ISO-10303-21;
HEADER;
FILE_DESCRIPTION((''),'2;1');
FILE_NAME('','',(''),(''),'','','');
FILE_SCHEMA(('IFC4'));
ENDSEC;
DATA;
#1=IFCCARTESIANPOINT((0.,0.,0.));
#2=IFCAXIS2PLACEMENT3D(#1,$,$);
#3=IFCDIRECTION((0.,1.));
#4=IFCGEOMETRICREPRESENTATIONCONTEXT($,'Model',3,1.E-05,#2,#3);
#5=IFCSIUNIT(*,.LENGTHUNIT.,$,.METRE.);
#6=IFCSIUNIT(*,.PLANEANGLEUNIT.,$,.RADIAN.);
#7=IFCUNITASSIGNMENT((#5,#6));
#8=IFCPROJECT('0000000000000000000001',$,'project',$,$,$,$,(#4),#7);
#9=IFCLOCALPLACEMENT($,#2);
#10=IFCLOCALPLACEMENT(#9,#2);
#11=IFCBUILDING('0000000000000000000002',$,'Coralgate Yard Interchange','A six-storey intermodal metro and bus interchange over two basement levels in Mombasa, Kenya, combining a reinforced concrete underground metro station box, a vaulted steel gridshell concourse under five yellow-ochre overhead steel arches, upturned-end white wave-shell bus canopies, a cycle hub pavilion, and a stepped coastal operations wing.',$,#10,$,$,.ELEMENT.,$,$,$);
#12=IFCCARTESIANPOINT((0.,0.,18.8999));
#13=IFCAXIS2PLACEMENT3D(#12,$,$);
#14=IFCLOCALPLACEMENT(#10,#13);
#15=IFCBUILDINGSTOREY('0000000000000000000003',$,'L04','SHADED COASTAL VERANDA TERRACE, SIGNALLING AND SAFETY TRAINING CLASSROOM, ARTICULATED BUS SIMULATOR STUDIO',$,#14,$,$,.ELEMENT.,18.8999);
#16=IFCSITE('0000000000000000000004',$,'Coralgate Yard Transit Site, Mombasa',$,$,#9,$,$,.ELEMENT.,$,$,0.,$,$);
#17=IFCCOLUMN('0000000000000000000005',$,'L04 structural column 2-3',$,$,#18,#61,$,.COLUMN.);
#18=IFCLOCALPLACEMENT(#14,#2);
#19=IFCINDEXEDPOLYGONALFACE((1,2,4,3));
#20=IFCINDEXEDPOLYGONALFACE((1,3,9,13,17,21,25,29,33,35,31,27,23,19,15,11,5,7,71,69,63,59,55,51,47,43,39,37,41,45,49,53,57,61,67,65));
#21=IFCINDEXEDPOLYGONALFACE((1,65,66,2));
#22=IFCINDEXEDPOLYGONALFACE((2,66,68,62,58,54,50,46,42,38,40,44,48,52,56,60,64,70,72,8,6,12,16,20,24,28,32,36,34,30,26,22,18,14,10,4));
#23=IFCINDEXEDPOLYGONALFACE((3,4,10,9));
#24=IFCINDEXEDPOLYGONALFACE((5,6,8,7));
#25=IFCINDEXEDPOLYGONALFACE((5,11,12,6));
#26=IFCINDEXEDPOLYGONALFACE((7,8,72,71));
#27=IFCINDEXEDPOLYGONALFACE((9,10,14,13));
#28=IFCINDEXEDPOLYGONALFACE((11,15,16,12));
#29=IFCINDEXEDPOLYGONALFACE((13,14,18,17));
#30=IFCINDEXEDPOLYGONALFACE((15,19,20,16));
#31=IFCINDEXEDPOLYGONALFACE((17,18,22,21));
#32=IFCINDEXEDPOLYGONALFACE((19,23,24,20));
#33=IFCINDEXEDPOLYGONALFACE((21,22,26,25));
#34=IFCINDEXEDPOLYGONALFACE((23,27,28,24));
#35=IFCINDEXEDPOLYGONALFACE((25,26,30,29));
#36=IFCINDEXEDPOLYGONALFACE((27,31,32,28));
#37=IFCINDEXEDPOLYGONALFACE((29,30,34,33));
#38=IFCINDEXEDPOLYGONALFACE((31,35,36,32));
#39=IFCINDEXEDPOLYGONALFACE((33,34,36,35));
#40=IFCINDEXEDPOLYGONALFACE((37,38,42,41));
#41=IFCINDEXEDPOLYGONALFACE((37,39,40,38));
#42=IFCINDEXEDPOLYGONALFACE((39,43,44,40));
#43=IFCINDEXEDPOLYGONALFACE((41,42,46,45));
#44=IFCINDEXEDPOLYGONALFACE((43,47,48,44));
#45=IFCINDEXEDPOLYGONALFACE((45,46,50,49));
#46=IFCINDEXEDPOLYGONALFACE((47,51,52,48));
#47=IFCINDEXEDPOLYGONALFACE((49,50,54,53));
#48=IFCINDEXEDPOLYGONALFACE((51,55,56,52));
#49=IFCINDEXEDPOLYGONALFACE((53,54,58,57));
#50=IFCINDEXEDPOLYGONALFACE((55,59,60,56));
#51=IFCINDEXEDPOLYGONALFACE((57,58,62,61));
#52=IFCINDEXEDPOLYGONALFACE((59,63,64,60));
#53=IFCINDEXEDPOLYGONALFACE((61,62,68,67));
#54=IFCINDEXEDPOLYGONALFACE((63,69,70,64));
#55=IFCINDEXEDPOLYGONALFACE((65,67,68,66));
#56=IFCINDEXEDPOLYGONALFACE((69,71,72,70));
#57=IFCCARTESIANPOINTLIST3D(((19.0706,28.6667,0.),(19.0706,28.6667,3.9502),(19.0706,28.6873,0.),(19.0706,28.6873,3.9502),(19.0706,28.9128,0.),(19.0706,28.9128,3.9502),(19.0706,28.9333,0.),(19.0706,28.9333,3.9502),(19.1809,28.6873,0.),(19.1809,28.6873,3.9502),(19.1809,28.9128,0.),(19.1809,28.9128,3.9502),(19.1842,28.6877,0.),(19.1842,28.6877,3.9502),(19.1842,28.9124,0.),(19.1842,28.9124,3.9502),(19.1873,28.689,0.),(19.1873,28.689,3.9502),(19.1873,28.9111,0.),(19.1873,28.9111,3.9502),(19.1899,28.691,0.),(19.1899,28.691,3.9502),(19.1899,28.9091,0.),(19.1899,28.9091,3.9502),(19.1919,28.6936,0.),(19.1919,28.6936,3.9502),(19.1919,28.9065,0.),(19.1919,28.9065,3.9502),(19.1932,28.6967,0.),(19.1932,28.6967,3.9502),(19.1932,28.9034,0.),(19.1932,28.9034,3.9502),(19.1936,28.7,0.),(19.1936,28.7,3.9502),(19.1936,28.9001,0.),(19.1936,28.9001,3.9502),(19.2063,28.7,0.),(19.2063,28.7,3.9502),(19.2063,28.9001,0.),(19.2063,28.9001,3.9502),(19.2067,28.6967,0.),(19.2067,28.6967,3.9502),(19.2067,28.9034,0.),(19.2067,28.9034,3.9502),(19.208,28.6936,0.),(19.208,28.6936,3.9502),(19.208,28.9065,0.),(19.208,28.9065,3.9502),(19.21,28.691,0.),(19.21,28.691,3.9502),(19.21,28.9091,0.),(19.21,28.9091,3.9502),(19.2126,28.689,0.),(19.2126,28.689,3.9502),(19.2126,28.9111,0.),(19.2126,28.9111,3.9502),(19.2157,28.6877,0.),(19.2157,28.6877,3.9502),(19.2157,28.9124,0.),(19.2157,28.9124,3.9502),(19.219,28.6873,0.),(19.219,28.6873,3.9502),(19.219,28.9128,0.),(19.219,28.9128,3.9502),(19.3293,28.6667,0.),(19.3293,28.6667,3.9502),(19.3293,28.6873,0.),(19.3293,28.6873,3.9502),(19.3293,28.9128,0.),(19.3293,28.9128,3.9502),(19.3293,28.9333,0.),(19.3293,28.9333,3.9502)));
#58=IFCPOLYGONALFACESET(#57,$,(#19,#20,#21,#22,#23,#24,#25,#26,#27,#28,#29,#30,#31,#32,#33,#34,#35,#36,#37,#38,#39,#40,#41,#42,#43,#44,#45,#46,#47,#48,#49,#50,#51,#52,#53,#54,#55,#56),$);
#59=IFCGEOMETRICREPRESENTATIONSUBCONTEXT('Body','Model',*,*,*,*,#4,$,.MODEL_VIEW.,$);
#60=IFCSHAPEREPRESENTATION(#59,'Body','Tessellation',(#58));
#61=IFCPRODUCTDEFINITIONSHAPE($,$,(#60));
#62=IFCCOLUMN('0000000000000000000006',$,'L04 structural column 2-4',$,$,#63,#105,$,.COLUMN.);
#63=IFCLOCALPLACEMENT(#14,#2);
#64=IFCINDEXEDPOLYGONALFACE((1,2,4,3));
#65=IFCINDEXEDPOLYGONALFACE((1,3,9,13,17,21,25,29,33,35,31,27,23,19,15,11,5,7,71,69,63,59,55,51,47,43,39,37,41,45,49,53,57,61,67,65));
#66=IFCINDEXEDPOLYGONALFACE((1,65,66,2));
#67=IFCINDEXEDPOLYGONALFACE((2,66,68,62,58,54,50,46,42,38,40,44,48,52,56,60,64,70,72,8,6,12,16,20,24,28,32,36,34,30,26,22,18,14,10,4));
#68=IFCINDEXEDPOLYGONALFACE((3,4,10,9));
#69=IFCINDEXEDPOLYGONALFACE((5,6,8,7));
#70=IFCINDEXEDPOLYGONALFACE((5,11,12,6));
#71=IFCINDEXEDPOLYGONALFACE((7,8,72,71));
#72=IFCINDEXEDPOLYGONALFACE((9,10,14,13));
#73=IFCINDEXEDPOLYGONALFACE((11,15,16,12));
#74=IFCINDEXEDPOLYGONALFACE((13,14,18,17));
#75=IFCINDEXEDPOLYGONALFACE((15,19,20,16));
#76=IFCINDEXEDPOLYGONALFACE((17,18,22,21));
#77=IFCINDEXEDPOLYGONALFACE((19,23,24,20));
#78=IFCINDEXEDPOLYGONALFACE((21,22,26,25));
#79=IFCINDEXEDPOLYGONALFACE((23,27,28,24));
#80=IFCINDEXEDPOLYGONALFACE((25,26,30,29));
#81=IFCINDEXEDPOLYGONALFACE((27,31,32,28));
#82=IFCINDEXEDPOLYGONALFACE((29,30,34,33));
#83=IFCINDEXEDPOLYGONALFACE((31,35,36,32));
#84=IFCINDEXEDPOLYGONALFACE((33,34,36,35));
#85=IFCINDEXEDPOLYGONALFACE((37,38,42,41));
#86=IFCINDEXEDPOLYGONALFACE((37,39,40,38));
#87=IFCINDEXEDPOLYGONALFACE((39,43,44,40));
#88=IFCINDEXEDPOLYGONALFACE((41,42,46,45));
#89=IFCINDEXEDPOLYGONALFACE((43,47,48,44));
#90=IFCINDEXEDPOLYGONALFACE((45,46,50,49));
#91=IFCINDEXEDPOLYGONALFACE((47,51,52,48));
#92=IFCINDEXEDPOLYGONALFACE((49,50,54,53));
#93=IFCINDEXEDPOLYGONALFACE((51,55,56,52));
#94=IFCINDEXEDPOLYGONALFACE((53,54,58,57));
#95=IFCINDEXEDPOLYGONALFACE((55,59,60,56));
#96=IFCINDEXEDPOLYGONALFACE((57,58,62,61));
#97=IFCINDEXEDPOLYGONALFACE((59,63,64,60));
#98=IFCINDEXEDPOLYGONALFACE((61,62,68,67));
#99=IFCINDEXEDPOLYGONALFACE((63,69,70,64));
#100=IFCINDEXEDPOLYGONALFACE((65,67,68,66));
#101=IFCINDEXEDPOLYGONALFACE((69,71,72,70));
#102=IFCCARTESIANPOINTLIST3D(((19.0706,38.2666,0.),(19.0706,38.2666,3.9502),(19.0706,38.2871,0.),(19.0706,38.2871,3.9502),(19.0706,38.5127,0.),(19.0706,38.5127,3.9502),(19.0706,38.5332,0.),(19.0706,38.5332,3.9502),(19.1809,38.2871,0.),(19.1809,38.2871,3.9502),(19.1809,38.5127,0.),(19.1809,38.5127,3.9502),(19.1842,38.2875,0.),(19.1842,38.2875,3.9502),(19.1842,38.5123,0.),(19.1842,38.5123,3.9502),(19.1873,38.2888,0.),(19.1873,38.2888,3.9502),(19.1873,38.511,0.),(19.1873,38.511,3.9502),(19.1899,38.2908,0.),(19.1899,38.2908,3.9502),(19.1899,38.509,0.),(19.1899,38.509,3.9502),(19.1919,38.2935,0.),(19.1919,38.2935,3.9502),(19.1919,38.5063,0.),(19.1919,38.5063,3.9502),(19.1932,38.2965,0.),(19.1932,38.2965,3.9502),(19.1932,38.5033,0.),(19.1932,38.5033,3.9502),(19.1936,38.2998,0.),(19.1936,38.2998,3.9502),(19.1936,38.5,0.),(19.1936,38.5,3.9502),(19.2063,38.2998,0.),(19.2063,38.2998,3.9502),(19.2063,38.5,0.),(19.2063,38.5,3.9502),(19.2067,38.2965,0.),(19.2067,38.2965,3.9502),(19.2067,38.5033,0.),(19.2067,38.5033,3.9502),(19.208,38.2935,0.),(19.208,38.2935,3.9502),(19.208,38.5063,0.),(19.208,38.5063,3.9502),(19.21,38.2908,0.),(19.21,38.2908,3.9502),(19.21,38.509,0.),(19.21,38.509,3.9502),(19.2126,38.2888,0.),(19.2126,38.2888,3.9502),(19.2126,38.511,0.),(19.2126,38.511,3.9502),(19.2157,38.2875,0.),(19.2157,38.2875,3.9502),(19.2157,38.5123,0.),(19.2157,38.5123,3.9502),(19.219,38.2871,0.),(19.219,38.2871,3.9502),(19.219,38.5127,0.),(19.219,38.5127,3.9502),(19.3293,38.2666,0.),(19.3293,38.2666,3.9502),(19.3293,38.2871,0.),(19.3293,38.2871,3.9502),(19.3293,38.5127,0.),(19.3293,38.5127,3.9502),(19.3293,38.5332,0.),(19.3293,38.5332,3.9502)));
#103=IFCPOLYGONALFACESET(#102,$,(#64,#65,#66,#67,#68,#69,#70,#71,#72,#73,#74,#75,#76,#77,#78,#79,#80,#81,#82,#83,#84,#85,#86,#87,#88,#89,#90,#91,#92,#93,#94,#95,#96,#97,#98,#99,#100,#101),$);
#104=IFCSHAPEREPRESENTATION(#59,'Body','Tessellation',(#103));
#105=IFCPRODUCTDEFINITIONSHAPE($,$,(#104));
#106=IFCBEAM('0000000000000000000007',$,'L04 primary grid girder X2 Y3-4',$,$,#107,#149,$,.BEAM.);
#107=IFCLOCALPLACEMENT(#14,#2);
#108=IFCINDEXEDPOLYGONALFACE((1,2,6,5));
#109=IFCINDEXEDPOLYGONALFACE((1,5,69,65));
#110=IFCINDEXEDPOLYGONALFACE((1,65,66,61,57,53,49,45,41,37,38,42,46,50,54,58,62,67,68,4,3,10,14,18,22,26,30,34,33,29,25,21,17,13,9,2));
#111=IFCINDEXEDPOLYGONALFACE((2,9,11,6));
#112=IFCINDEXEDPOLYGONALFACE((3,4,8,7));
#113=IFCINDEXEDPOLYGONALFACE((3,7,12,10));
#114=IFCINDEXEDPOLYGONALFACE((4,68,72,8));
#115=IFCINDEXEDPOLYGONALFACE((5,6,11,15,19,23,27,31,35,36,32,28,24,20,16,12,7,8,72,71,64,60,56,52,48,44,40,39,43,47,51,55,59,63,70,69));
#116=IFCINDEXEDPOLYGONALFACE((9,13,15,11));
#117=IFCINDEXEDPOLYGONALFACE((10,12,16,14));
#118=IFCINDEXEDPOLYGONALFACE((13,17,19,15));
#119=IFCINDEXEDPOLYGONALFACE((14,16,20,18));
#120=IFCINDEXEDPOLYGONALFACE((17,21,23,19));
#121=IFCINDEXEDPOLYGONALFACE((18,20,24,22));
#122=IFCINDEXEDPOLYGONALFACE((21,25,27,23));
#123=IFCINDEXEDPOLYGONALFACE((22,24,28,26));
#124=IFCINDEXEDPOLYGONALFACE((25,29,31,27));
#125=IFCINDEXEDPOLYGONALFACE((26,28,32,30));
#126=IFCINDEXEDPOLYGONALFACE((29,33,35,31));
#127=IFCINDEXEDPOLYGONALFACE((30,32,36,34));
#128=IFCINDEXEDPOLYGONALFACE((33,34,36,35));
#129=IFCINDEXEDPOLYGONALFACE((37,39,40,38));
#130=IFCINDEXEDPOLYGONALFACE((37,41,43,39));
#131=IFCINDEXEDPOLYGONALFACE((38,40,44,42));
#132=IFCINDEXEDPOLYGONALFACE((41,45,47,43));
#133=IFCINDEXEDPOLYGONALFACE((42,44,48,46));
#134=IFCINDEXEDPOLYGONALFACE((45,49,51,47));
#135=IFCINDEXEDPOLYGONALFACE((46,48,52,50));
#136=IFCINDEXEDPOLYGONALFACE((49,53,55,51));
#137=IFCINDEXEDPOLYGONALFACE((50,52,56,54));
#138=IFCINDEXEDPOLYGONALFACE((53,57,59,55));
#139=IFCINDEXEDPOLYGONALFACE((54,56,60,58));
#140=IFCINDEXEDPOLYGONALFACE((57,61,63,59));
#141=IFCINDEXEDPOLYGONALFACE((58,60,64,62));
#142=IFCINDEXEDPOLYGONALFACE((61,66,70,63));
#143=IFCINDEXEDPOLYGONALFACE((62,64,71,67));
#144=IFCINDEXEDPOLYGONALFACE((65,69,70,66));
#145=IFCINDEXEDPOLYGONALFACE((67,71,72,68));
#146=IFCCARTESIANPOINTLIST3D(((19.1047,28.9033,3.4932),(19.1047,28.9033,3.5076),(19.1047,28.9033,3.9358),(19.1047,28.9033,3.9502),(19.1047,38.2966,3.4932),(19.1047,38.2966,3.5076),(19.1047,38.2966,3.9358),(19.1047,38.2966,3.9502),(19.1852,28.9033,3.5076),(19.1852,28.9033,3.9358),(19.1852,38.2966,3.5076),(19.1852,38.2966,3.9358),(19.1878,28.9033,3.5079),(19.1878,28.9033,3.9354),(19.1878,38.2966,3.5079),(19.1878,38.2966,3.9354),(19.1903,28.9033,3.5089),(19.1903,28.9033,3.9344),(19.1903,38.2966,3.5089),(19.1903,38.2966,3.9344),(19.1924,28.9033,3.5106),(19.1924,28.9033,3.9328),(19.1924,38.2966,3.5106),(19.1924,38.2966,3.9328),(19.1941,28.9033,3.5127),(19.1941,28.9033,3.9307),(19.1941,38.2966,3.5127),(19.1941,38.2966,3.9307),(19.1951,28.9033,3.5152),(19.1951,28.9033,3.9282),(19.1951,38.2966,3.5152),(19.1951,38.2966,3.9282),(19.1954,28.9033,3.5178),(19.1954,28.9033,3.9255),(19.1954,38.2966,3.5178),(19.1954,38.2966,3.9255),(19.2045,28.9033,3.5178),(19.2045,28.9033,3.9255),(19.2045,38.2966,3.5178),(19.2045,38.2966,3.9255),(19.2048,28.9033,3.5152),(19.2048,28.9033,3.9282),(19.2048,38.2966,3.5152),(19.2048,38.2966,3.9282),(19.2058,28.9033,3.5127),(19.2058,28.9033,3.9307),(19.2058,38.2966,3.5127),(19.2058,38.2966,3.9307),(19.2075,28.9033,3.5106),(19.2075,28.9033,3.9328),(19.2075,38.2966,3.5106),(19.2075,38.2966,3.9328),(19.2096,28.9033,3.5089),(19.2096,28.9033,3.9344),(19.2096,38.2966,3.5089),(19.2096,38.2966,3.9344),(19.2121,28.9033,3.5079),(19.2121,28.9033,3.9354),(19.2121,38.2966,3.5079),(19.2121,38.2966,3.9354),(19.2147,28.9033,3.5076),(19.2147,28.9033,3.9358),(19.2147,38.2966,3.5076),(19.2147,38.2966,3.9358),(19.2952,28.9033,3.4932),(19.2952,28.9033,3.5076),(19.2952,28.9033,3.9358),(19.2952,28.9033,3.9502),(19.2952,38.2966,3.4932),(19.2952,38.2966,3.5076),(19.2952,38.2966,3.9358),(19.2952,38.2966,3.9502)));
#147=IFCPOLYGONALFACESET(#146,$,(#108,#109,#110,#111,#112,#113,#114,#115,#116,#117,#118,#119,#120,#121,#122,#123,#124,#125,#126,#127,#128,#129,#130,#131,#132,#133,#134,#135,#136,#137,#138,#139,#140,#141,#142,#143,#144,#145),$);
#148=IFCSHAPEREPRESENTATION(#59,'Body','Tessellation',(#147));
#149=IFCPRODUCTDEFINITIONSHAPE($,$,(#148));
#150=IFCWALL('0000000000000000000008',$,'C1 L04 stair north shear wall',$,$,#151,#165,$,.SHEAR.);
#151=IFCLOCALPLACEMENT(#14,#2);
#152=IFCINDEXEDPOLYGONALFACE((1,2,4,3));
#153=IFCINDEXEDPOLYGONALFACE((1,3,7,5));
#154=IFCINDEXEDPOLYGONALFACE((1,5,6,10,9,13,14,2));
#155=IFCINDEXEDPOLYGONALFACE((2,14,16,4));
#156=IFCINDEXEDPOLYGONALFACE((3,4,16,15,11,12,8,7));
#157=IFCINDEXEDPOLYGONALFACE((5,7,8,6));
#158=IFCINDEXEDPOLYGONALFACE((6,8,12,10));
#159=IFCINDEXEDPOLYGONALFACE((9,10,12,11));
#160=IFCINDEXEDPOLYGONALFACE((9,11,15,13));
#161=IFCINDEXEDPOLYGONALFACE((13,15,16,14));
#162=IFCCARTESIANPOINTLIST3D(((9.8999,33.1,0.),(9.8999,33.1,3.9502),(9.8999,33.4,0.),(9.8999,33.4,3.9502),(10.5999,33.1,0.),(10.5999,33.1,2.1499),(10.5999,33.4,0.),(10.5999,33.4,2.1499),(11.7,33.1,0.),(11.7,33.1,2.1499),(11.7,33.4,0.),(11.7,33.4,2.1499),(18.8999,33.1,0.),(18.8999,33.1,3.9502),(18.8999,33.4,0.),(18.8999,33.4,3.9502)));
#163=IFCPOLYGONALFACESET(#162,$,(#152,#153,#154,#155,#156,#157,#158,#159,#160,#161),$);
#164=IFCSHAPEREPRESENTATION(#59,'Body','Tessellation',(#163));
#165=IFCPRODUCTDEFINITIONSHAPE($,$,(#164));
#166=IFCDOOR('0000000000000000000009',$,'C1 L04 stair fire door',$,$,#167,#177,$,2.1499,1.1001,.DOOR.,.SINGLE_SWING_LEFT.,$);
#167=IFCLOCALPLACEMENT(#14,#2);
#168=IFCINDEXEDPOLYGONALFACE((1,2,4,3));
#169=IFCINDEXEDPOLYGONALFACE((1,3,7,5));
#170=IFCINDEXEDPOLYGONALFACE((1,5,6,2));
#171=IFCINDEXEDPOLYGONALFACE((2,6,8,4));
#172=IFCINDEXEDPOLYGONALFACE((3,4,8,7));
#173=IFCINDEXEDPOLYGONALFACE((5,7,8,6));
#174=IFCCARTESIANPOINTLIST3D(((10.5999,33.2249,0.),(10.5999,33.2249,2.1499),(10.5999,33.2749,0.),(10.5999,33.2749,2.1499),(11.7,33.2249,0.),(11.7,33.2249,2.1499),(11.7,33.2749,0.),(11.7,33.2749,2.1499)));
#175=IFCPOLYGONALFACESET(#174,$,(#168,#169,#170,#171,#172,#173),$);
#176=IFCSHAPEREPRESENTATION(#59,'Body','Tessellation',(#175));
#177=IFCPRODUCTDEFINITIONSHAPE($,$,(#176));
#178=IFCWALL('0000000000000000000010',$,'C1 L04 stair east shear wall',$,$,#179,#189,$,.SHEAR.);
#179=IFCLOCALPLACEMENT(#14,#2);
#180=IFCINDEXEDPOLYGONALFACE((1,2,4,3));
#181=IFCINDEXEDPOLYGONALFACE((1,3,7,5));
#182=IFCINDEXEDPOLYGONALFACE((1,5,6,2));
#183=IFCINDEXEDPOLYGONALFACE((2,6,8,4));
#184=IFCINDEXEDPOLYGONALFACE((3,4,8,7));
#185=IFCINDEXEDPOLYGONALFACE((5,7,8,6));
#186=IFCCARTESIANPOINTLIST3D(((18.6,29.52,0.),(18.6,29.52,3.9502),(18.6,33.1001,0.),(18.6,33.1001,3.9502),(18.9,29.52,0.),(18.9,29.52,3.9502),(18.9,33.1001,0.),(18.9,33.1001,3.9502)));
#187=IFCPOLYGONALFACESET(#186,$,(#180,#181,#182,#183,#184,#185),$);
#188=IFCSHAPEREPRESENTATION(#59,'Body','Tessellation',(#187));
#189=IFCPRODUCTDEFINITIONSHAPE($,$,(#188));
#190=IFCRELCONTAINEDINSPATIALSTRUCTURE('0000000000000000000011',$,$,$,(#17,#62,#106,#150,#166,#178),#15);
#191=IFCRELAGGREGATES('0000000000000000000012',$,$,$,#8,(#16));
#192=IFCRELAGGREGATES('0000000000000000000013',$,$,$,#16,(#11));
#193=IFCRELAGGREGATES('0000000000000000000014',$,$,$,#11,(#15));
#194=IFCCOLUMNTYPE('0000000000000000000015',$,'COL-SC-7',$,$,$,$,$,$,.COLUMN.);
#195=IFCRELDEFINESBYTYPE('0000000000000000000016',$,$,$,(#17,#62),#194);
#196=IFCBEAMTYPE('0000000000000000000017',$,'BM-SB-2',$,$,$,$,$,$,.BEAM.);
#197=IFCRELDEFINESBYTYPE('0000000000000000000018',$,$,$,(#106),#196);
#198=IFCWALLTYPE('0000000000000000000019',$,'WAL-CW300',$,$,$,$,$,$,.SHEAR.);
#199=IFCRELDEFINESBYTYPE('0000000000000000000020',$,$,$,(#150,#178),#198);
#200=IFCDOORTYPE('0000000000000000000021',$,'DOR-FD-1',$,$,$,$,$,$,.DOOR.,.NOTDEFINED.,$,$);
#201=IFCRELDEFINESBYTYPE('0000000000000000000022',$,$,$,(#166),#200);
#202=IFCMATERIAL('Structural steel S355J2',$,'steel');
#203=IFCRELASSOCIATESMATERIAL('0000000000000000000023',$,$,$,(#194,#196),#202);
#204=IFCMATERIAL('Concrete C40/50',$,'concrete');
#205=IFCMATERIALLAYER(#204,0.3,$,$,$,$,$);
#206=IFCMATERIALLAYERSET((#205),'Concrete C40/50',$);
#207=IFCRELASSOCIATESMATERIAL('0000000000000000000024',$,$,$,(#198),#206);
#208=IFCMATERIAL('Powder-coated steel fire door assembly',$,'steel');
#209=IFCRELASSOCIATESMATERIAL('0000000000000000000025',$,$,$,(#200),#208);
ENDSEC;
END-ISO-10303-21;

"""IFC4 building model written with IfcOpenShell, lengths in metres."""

from ifc_helpers import new_model, si_unit, direction, frame, frame_2d, origin, origin_2d, place, context, subcontext, project, spatial, rectangle, i_section, extrude, material, layer, layer_set, material_profile, profile_set, type_object, element, fill, save


model = new_model("IFC4")

# Units and contexts
model_context = context("Model", 3, precision=1e-05, world=origin(), true_north=direction((0.0, 1.0)))
body_context = subcontext(model_context, "Body", "Model", "MODEL_VIEW")
ifc_project = project(units=[si_unit("LENGTHUNIT", "METRE"), si_unit("PLANEANGLEUNIT", "RADIAN")], contexts=[model_context])

# Site, building, storey
site_placement = place(None, origin())
site = spatial("IfcSite", under=ifc_project, at=site_placement, Name="Coralgate Yard Transit Site, Mombasa", CompositionType="ELEMENT", RefElevation=0.0)
building_placement = place(site_placement, origin())
building = spatial("IfcBuilding", under=site, at=building_placement, Name="Coralgate Yard Interchange", Description="A six-storey intermodal metro and bus interchange over two basement levels in Mombasa, Kenya, combining a reinforced concrete underground metro station box, a vaulted steel gridshell concourse under five yellow-ochre overhead steel arches, upturned-end white wave-shell bus canopies, a cycle hub pavilion, and a stepped coastal operations wing.", CompositionType="ELEMENT")
storey_placement = place(building_placement, frame((0.0, 0.0, 18.8999)))
storey = spatial("IfcBuildingStorey", under=building, at=storey_placement, Name="L04", Description="SHADED COASTAL VERANDA TERRACE, SIGNALLING AND SAFETY TRAINING CLASSROOM, ARTICULATED BUS SIMULATOR STUDIO", CompositionType="ELEMENT", Elevation=18.8999)

# Columns
ifc_material_1 = material(Name="Structural steel S355J2", Category="steel")
ifc_material_profile_1 = material_profile(ifc_material_1, i_section(OverallWidth=0.2588, OverallDepth=0.2666, WebThickness=0.0127, FlangeThickness=0.0205, FilletRadius=0.0127, at=origin_2d()), Name="UC 254x254x107")
ifc_profile_set_1 = profile_set([ifc_material_profile_1], Name="Structural steel S355J2")
column_type = type_object("IfcColumnType", Name="COL-SC-7", PredefinedType="COLUMN", material=ifc_profile_set_1)
for number, where, z_axis, x_axis, name in (
    (1, (19.2, 28.8, 0.0), (0.0, 0.0, 1.0), (1.0, 0.0, 0.0), "L04 structural column 2-3"),
    (2, (19.2, 38.3999, 0.0), (0.0, 0.0, 1.0), (1.0, 0.0, 0.0), "L04 structural column 2-4"),
):
    element("IfcColumn", number, at=place(storey_placement, frame(where, z_axis=z_axis, x_axis=x_axis)), inside=storey, type_object=column_type, Name=name, PredefinedType="COLUMN", context=body_context, shape_type="SweptSolid", body=[
        extrude(i_section(OverallWidth=0.2588, OverallDepth=0.2666, WebThickness=0.0127, FlangeThickness=0.0205, FilletRadius=0.0127, at=origin_2d()), origin(), (0.0, 0.0, 1.0), 3.9502),
    ])

# Beam
ifc_material_profile_2 = material_profile(ifc_material_1, i_section(OverallWidth=0.1904, OverallDepth=0.457, WebThickness=0.009, FlangeThickness=0.0144, FilletRadius=0.0103, at=origin_2d()), Name="UB 457x191x74")
ifc_profile_set_2 = profile_set([ifc_material_profile_2], Name="Structural steel S355J2")
beam_type = type_object("IfcBeamType", Name="BM-SB-2", PredefinedType="BEAM", material=ifc_profile_set_2)
beam_placement = place(storey_placement, frame((19.2, 28.9033, 3.7217), z_axis=(0.0, 1.0, 0.0), x_axis=(-1.0, 0.0, 0.0)))
element("IfcBeam", 3, at=beam_placement, inside=storey, type_object=beam_type, Name="L04 primary grid girder X2 Y3-4", PredefinedType="BEAM", context=body_context, shape_type="SweptSolid", body=[
    extrude(i_section(OverallWidth=0.1904, OverallDepth=0.457, WebThickness=0.009, FlangeThickness=0.0144, FilletRadius=0.0103, at=origin_2d()), origin(), (0.0, 0.0, 1.0), 9.3933),
])

# Wall, opening, door
ifc_material_2 = material(Name="Concrete C40/50", Category="concrete")
ifc_layer_1 = layer(ifc_material_2, 0.3)
ifc_layer_set_1 = layer_set([ifc_layer_1], Name="Concrete C40/50")
wall_type_1 = type_object("IfcWallType", Name="WAL-CW300", PredefinedType="SHEAR", material=ifc_layer_set_1)
wall_1_placement = place(storey_placement, frame((18.8999, 33.25, 0.0), z_axis=(0.0, 0.0, 1.0), x_axis=(-1.0, 0.0, 0.0)))
wall_1 = element("IfcWall", 4, at=wall_1_placement, inside=storey, type_object=wall_type_1, Name="C1 L04 stair north shear wall", PredefinedType="SHEAR", context=body_context, shape_type="SweptSolid", body=[
    extrude(rectangle(XDim=9.0, YDim=0.3, at=frame_2d((4.5, 0.0))), origin(), (0.0, 0.0, 1.0), 3.9502),
])
opening_1_placement = place(wall_1_placement, frame((7.2, 0.0, 0.0)))
opening_1 = element("IfcOpeningElement", 5, at=opening_1_placement, cuts=wall_1, PredefinedType="OPENING", context=body_context, shape_type="SweptSolid", body=[
    extrude(rectangle(XDim=1.1001, YDim=2.1499, at=frame_2d((0.55, 1.075))), frame((0.0, 0.1599, 0.0), z_axis=(0.0, -1.0, 0.0), x_axis=(1.0, 0.0, 0.0)), (0.0, 0.0, 1.0), 0.3201),
])
ifc_material_3 = material(Name="Powder-coated steel fire door assembly", Category="steel")
door_type_1 = type_object("IfcDoorType", Name="DOR-FD-1", OperationType="NOTDEFINED", PredefinedType="DOOR", material=ifc_material_3)
door_1_placement = place(opening_1_placement, frame((1.1001, 0.0, 0.0), z_axis=(0.0, 0.0, 1.0), x_axis=(-1.0, 0.0, 0.0)))
door_1 = element("IfcDoor", 6, at=door_1_placement, inside=storey, type_object=door_type_1, Name="C1 L04 stair fire door", OperationType="SINGLE_SWING_LEFT", OverallHeight=2.1499, OverallWidth=1.1001, PredefinedType="DOOR", context=body_context, shape_type="SweptSolid", body=[
    extrude(rectangle(XDim=1.1001, YDim=2.1499, at=frame_2d((0.55, 1.075))), frame((0.0, 0.0249, 0.0), z_axis=(0.0, -1.0, 0.0), x_axis=(1.0, 0.0, 0.0)), (0.0, 0.0, 1.0), 0.05),
])
fill(opening_1, door_1)

# Wall
wall_2_placement = place(storey_placement, frame((18.75, 33.1001, 0.0), z_axis=(0.0, 0.0, 1.0), x_axis=(0.0, -1.0, 0.0)))
element("IfcWall", 7, at=wall_2_placement, inside=storey, type_object=wall_type_1, Name="C1 L04 stair east shear wall", PredefinedType="SHEAR", context=body_context, shape_type="SweptSolid", body=[
    extrude(rectangle(XDim=3.5801, YDim=0.3, at=frame_2d((1.79, 0.0))), origin(), (0.0, 0.0, 1.0), 3.9502),
])

save(model, "model.ifc")
